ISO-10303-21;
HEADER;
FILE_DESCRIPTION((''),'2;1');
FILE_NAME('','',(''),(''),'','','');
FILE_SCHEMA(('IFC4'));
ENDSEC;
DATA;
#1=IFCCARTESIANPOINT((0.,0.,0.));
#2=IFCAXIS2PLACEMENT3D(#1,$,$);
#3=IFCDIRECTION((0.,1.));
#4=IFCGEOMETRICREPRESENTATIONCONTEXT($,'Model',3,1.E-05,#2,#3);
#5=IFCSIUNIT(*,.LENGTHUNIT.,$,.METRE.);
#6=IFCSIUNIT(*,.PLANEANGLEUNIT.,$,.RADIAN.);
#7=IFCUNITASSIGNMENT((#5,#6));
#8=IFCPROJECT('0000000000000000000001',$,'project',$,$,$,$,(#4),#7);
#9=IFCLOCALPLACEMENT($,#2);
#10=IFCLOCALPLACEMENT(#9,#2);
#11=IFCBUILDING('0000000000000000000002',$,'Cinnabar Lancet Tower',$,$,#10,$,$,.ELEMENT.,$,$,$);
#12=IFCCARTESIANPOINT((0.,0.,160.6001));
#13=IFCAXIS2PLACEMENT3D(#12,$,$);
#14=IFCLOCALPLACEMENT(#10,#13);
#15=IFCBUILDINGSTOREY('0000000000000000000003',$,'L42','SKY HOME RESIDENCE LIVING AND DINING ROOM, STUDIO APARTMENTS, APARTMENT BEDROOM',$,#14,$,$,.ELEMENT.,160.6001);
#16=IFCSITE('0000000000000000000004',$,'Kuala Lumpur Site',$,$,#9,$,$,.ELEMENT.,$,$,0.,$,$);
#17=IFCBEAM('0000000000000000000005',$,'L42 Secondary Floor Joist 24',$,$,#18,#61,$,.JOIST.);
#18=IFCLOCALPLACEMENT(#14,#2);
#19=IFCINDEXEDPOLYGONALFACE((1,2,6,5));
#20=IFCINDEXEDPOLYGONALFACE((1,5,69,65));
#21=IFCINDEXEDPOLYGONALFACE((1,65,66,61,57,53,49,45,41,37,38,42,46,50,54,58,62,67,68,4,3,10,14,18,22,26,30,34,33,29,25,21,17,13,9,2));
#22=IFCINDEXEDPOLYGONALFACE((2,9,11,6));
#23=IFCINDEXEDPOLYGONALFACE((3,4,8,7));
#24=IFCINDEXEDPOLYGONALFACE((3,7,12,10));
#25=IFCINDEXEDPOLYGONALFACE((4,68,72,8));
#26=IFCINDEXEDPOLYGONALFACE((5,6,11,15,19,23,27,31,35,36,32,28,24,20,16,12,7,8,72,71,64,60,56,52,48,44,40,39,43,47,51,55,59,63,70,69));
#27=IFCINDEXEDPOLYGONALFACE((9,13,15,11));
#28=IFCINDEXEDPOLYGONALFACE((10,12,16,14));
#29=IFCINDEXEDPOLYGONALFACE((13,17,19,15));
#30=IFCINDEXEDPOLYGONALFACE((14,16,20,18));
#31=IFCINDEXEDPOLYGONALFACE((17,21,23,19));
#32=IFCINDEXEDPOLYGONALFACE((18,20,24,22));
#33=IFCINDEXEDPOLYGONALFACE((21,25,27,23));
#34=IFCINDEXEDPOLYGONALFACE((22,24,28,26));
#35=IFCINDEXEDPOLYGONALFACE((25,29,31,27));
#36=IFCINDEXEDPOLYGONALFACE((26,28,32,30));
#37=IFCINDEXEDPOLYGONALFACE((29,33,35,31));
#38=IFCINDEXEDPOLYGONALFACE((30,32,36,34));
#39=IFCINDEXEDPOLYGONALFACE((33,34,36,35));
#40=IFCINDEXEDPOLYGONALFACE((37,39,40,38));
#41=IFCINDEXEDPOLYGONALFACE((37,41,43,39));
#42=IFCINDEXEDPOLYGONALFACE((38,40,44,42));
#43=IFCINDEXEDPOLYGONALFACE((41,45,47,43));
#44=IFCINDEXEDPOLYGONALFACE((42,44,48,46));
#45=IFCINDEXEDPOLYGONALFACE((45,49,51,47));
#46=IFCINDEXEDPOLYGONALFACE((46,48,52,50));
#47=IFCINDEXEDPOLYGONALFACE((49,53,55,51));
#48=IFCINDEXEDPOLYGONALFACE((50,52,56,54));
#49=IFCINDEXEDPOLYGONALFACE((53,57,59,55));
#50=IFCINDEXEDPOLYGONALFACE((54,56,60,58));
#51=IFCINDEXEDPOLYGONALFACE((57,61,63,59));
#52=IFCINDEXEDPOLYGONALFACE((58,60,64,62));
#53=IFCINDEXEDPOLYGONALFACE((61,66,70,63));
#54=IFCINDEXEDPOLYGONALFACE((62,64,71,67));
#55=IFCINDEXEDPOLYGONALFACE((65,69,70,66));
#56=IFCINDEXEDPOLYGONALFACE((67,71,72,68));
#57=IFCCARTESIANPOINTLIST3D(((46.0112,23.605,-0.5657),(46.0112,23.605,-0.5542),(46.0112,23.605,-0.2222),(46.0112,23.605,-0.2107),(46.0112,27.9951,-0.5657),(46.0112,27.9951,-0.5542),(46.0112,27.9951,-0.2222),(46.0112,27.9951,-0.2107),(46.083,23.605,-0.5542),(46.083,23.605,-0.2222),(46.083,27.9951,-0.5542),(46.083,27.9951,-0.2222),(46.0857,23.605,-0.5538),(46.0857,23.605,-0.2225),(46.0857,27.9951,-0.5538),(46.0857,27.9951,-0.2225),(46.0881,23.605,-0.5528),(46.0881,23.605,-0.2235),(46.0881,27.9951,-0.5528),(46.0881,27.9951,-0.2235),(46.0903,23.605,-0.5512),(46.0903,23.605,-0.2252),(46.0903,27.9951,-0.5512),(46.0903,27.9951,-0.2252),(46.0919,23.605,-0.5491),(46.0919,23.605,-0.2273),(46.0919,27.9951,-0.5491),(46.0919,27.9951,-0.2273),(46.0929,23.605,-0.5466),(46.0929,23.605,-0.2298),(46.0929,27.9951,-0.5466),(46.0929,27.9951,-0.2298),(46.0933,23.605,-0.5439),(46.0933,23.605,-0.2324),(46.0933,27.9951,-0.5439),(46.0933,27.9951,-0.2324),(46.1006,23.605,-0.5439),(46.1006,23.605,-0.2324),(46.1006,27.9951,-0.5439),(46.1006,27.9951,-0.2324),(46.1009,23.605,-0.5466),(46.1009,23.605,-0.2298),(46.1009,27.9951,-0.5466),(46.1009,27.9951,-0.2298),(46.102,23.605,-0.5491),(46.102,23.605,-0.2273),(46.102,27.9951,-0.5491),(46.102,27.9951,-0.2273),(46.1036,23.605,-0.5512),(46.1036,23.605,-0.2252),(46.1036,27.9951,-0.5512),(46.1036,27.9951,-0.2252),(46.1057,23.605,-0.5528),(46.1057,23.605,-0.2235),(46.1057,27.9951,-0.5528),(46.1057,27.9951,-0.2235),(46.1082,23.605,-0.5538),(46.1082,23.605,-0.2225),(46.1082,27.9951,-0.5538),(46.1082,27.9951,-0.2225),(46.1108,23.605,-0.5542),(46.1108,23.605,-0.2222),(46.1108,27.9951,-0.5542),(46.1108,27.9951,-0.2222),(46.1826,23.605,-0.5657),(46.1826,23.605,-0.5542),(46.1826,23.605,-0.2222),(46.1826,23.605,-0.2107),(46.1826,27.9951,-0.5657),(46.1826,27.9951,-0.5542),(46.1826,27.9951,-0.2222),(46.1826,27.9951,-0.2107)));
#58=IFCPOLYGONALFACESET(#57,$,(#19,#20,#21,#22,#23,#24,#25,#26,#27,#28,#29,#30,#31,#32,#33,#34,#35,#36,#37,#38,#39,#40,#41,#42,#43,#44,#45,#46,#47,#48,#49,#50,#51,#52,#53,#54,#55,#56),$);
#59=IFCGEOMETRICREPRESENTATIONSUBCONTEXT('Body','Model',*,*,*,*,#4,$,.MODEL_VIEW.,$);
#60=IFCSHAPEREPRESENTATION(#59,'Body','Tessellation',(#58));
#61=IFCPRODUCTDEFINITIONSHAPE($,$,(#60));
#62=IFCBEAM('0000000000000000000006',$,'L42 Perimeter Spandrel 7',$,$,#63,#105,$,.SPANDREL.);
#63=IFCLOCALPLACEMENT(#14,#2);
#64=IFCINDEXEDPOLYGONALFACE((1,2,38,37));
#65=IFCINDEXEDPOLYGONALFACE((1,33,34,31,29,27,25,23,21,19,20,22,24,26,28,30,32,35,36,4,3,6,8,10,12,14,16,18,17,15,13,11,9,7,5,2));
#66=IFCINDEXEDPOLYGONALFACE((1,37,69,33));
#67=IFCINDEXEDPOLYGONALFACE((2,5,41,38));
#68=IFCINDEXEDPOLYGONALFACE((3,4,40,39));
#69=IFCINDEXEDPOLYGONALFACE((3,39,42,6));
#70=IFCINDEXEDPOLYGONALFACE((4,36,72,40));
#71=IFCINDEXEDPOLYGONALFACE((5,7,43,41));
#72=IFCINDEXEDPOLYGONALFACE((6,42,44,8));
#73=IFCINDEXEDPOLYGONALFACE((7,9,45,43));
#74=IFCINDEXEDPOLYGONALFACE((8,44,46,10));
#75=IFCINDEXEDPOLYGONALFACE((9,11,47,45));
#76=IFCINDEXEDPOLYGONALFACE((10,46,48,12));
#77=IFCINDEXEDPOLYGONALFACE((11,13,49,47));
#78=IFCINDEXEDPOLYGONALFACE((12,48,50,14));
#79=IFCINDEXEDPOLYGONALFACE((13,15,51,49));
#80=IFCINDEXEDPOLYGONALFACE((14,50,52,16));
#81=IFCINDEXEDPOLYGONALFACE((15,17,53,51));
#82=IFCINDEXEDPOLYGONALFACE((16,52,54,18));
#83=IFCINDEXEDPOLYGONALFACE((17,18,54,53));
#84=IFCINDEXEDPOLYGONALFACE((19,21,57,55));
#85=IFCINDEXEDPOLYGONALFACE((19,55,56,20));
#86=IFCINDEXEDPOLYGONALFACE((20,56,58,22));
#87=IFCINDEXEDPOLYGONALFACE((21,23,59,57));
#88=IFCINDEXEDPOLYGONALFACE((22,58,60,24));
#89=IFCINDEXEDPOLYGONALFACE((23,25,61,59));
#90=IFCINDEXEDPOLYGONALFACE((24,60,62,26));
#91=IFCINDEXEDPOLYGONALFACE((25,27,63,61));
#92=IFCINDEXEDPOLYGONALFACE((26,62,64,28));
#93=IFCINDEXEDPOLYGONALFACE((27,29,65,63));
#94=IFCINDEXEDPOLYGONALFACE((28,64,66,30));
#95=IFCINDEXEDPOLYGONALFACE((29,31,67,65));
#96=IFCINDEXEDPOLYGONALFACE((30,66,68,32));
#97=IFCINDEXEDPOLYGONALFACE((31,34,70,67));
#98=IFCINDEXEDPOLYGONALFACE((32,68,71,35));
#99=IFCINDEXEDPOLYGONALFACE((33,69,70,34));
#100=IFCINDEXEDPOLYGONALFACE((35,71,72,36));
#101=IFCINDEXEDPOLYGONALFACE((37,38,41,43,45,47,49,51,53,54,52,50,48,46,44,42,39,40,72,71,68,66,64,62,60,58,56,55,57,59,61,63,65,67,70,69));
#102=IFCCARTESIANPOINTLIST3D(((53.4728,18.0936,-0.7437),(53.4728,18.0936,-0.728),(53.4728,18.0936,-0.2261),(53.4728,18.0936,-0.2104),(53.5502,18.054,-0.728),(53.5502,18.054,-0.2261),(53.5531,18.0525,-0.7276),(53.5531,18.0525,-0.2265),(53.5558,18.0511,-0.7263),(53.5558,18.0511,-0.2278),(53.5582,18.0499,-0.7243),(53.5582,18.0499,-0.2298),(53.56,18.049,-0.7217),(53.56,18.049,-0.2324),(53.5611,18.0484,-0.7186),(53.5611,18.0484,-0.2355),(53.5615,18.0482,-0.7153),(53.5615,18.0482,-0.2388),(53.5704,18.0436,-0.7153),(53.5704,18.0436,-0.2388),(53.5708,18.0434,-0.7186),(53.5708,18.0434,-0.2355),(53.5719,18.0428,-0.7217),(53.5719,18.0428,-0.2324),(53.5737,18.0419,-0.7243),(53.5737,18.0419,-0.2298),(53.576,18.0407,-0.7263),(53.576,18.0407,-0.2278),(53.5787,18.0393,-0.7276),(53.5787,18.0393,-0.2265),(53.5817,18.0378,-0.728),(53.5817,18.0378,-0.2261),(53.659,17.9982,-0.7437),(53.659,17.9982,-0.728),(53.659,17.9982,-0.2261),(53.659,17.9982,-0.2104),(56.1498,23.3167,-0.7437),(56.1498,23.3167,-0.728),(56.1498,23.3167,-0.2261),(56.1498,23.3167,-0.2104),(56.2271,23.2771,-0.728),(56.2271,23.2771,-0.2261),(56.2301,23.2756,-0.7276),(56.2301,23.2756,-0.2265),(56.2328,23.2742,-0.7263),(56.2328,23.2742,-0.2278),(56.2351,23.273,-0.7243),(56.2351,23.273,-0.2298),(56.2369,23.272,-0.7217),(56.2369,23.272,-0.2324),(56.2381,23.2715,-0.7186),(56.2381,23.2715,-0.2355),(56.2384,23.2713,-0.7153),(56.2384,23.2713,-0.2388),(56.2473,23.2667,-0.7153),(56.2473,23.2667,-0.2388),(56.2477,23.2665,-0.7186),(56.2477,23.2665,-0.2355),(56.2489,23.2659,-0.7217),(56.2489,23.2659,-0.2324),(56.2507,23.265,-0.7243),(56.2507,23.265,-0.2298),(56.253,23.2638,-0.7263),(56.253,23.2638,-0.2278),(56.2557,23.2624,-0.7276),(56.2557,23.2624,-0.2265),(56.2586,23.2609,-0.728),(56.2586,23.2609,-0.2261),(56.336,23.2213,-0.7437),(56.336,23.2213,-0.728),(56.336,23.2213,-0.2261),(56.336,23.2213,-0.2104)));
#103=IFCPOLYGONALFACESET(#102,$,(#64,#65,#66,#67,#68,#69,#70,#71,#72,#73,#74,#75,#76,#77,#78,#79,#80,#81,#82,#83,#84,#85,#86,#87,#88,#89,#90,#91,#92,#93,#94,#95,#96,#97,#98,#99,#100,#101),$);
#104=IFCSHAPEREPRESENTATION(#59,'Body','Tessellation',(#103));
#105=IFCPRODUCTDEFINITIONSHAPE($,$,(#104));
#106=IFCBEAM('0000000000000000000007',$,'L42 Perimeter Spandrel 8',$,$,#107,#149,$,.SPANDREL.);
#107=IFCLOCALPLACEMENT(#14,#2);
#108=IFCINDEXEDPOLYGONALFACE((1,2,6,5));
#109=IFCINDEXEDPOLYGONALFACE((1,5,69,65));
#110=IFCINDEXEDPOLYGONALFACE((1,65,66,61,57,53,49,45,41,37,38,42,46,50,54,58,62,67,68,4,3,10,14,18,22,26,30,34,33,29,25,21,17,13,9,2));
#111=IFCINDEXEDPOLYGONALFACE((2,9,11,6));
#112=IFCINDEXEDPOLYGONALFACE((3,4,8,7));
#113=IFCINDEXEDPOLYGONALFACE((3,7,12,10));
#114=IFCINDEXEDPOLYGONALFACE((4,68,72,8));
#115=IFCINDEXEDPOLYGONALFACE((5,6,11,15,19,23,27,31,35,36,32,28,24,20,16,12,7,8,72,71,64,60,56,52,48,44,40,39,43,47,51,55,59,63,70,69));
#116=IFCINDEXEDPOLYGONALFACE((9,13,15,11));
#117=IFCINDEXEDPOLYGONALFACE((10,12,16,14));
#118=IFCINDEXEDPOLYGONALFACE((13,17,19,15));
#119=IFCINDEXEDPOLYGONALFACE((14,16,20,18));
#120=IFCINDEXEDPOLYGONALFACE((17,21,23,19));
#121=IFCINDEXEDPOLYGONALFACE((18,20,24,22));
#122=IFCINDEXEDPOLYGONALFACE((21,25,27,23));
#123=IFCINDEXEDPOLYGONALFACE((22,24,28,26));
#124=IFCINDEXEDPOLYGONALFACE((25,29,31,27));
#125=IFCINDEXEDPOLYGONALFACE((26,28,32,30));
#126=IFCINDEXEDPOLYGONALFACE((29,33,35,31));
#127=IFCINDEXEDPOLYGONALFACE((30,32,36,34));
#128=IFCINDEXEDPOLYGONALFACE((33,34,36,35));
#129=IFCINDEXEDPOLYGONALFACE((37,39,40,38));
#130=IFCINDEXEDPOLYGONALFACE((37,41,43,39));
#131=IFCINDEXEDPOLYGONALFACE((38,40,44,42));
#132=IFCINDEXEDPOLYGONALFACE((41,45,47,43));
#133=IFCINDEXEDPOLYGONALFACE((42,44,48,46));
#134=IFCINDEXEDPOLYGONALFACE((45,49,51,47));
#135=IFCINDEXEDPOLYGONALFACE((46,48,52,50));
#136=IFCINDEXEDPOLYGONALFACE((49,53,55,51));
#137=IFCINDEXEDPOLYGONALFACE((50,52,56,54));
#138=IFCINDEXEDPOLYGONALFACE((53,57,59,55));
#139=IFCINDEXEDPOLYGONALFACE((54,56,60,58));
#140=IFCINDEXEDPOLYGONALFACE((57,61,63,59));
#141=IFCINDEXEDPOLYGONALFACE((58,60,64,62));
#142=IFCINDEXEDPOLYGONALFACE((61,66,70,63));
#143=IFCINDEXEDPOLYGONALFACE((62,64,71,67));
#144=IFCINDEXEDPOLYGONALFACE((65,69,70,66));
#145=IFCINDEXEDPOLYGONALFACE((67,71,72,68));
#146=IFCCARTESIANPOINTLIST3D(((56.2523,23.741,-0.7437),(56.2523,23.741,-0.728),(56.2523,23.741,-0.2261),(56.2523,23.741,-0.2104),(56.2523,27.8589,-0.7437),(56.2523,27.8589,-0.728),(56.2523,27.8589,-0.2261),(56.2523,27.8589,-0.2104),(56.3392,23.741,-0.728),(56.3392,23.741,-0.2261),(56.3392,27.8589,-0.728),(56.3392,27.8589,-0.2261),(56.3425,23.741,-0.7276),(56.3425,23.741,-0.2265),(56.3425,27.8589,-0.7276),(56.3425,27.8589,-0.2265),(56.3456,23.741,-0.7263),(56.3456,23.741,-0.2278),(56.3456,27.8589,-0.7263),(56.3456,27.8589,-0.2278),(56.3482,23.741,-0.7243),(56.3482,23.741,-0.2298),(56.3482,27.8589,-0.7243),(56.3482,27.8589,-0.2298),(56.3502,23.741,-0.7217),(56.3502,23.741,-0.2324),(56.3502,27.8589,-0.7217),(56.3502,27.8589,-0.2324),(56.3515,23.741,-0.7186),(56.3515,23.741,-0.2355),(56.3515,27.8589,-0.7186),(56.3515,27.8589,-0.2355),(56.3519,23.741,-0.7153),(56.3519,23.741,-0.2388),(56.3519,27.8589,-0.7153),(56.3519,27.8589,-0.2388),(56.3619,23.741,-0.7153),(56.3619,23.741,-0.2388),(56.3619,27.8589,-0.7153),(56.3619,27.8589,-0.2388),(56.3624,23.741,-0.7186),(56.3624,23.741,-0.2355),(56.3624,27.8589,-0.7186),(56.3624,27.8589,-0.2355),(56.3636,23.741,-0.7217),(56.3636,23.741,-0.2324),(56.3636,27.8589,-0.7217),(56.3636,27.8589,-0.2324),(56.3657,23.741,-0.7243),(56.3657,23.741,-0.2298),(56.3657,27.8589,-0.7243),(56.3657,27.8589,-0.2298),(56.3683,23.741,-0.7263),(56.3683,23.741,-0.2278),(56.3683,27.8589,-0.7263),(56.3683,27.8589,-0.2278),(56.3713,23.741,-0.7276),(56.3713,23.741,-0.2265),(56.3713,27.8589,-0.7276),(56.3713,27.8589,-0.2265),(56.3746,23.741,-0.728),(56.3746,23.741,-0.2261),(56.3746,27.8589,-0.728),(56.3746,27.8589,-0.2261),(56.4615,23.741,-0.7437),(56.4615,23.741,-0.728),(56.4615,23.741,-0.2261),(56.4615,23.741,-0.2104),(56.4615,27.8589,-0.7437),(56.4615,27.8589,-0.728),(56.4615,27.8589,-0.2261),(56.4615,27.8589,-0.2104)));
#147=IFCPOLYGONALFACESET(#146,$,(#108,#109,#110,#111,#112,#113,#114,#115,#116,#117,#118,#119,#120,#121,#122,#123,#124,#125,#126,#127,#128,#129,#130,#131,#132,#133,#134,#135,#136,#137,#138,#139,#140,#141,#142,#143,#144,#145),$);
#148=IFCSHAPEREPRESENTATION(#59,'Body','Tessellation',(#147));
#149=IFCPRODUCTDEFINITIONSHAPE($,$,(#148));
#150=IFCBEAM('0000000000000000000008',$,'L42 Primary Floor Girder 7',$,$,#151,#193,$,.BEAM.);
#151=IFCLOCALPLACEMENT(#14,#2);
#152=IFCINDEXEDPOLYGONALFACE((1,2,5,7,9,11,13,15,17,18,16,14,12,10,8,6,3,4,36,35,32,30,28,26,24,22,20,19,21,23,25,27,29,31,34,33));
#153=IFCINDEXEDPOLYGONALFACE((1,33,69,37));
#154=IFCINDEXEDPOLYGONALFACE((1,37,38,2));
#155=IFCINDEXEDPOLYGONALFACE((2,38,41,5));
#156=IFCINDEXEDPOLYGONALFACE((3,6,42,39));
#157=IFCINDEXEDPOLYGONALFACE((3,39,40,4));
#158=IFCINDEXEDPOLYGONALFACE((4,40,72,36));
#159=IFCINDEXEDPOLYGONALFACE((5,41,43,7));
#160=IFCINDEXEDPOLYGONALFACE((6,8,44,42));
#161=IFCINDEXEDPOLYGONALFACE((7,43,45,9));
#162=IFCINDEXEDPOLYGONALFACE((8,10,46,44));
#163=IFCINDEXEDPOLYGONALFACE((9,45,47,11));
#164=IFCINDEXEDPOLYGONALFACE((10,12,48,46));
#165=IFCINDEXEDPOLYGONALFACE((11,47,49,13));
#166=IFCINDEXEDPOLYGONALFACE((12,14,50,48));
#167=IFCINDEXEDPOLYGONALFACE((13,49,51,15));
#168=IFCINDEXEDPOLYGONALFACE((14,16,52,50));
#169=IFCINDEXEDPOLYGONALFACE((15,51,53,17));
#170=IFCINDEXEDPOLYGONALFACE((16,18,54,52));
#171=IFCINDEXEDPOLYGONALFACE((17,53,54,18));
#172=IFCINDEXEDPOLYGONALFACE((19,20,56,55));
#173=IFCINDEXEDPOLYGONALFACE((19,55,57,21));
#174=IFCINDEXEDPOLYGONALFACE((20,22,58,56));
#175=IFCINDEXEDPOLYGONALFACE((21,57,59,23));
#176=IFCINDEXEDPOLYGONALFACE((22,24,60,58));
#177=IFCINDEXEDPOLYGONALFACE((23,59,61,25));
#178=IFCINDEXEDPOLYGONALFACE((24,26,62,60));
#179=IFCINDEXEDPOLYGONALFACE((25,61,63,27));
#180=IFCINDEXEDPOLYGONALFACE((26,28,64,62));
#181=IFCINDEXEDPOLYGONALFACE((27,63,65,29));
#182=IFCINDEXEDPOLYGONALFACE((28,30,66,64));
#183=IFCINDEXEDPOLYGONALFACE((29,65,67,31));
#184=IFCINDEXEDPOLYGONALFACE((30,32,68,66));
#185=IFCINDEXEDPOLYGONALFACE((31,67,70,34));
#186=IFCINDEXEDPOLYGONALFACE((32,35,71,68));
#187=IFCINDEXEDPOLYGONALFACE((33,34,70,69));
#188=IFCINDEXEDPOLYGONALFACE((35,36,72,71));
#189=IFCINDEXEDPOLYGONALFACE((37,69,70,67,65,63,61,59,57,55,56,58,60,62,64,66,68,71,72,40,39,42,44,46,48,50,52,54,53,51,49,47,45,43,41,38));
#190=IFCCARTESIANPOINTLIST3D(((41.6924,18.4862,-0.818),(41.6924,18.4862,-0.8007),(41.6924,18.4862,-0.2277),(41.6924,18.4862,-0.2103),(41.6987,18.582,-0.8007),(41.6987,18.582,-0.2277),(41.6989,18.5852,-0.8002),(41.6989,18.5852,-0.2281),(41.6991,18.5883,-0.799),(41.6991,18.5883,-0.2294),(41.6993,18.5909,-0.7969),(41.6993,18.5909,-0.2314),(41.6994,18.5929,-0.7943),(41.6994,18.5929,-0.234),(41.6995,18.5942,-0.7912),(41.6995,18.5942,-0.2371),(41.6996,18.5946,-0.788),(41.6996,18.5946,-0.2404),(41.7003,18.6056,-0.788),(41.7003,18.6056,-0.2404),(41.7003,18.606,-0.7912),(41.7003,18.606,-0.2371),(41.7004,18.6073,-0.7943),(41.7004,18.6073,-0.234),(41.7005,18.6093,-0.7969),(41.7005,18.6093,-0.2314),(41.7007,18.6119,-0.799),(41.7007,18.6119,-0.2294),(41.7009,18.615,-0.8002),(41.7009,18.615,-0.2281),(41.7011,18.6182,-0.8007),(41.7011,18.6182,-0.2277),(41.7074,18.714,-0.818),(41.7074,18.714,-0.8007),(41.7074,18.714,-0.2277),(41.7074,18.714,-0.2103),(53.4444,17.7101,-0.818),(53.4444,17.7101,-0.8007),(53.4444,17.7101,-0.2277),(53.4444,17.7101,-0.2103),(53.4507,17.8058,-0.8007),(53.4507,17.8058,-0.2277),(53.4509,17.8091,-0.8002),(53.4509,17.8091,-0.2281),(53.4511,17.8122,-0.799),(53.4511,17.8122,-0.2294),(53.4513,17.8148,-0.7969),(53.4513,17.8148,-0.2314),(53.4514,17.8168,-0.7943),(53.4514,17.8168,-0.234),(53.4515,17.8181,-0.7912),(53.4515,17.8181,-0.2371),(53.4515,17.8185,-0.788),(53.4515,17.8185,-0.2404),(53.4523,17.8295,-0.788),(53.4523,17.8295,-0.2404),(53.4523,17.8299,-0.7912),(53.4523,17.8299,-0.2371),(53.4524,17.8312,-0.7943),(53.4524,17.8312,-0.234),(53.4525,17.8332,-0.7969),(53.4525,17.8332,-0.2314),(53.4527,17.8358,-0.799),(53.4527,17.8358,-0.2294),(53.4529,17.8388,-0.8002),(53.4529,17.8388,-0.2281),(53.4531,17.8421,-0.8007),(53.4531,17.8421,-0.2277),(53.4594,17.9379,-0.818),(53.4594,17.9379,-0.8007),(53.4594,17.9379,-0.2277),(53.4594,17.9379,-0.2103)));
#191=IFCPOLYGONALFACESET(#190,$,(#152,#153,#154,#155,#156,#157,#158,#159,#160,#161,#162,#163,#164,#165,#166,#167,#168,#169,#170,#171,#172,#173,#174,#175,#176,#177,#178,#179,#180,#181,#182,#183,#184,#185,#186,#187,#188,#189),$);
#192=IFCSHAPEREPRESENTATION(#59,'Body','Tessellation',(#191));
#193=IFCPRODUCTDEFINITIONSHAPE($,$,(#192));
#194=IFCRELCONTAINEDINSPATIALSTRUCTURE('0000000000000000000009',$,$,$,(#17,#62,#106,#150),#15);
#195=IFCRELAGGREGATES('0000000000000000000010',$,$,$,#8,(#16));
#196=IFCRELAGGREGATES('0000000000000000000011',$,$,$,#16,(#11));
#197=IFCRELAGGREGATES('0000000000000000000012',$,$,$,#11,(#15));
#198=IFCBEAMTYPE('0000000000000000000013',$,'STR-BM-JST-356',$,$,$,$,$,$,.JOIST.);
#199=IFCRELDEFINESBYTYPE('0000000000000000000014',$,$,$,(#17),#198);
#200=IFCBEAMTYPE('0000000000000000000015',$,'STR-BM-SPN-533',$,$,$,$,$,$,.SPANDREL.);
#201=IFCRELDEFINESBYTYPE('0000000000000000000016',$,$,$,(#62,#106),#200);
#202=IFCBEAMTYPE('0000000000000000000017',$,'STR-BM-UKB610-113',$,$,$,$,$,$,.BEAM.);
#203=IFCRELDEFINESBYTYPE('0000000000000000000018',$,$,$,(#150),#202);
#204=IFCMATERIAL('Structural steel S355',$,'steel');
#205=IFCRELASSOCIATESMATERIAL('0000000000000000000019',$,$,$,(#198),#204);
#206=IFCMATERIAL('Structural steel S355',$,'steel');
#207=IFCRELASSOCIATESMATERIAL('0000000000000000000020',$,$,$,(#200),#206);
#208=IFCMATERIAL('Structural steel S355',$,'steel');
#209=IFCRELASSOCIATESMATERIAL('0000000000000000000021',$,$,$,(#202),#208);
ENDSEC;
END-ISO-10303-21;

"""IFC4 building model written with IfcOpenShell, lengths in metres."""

from ifc_helpers import new_model, si_unit, direction, frame, origin, origin_2d, place, context, subcontext, project, spatial, i_section, extrude, material, material_profile, profile_set, type_object, element, save


model = new_model("IFC4")

# Units and contexts
model_context = context("Model", 3, precision=1e-05, world=origin(), true_north=direction((0.0, 1.0)))
body_context = subcontext(model_context, "Body", "Model", "MODEL_VIEW")
ifc_project = project(units=[si_unit("LENGTHUNIT", "METRE"), si_unit("PLANEANGLEUNIT", "RADIAN")], contexts=[model_context])

# Site, building, storey
site_placement = place(None, origin())
site = spatial("IfcSite", under=ifc_project, at=site_placement, Name="Kuala Lumpur Site", CompositionType="ELEMENT", RefElevation=0.0)
building_placement = place(site_placement, origin())
building = spatial("IfcBuilding", under=site, at=building_placement, Name="Cinnabar Lancet Tower", CompositionType="ELEMENT")
storey_placement = place(building_placement, frame((0.0, 0.0, 160.6001)))
storey = spatial("IfcBuildingStorey", under=building, at=storey_placement, Name="L42", Description="SKY HOME RESIDENCE LIVING AND DINING ROOM, STUDIO APARTMENTS, APARTMENT BEDROOM", CompositionType="ELEMENT", Elevation=160.6001)

# Beams
ifc_material_1 = material(Name="Structural steel S355", Category="steel")
ifc_material_profile_1 = material_profile(ifc_material_1, i_section(OverallWidth=0.1714, OverallDepth=0.355, WebThickness=0.0073, FlangeThickness=0.0115, FilletRadius=0.0103, at=origin_2d()), Name="UKB 356x171x51")
ifc_profile_set_1 = profile_set([ifc_material_profile_1], Name="Structural steel S355")
beam_type_1 = type_object("IfcBeamType", Name="STR-BM-JST-356", PredefinedType="JOIST", material=ifc_profile_set_1)
for number, where, z_axis, x_axis, name in (
    (1, (46.0969, 23.605, -0.3882), (0.0, 1.0, 0.0), (-1.0, 0.0, 0.0), "L42 Secondary Floor Joist 24"),
):
    element("IfcBeam", number, at=place(storey_placement, frame(where, z_axis=z_axis, x_axis=x_axis)), inside=storey, type_object=beam_type_1, Name=name, PredefinedType="JOIST", context=body_context, shape_type="SweptSolid", body=[
        extrude(i_section(OverallWidth=0.1714, OverallDepth=0.355, WebThickness=0.0073, FlangeThickness=0.0115, FilletRadius=0.0103, at=origin_2d()), origin(), (0.0, 0.0, 1.0), 4.3901),
    ])
ifc_material_2 = material(Name="Structural steel S355", Category="steel")
ifc_material_profile_2 = material_profile(ifc_material_2, i_section(OverallWidth=0.2092, OverallDepth=0.5332, WebThickness=0.01, FlangeThickness=0.0156, FilletRadius=0.0127, at=origin_2d()), Name="UKB 533x210x92")
ifc_profile_set_2 = profile_set([ifc_material_profile_2], Name="Structural steel S355")
beam_type_2 = type_object("IfcBeamType", Name="STR-BM-SPN-533", PredefinedType="SPANDREL", material=ifc_profile_set_2)
beam_1_placement = place(storey_placement, frame((53.5659, 18.0459, -0.4771), z_axis=(0.45611, 0.889924, 0.0), x_axis=(-0.889924, 0.45611, 0.0)))
element("IfcBeam", 2, at=beam_1_placement, inside=storey, type_object=beam_type_2, Name="L42 Perimeter Spandrel 7", PredefinedType="SPANDREL", context=body_context, shape_type="SweptSolid", body=[
    extrude(i_section(OverallWidth=0.2092, OverallDepth=0.5332, WebThickness=0.01, FlangeThickness=0.0156, FilletRadius=0.0127, at=origin_2d()), origin(), (0.0, 0.0, 1.0), 5.8691),
])
beam_2_placement = place(storey_placement, frame((56.3569, 23.741, -0.4771), z_axis=(0.0, 1.0, 0.0), x_axis=(-1.0, 0.0, 0.0)))
element("IfcBeam", 3, at=beam_2_placement, inside=storey, type_object=beam_type_2, Name="L42 Perimeter Spandrel 8", PredefinedType="SPANDREL", context=body_context, shape_type="SweptSolid", body=[
    extrude(i_section(OverallWidth=0.2092, OverallDepth=0.5332, WebThickness=0.01, FlangeThickness=0.0156, FilletRadius=0.0127, at=origin_2d()), origin(), (0.0, 0.0, 1.0), 4.1179),
])
ifc_material_3 = material(Name="Structural steel S355", Category="steel")
ifc_material_profile_3 = material_profile(ifc_material_3, i_section(OverallWidth=0.2283, OverallDepth=0.6077, WebThickness=0.011, FlangeThickness=0.0173, FilletRadius=0.0127, at=origin_2d()), Name="UKB 610x229x113")
ifc_profile_set_3 = profile_set([ifc_material_profile_3], Name="Structural steel S355")
beam_type_3 = type_object("IfcBeamType", Name="STR-BM-UKB610-113", PredefinedType="BEAM", material=ifc_profile_set_3)
beam_3_placement = place(storey_placement, frame((53.4519, 17.824, -0.5142), z_axis=(-0.997826, 0.065898, 0.0), x_axis=(-0.065898, -0.997826, 0.0)))
element("IfcBeam", 4, at=beam_3_placement, inside=storey, type_object=beam_type_3, Name="L42 Primary Floor Girder 7", PredefinedType="BEAM", context=body_context, shape_type="SweptSolid", body=[
    extrude(i_section(OverallWidth=0.2283, OverallDepth=0.6077, WebThickness=0.011, FlangeThickness=0.0173, FilletRadius=0.0127, at=origin_2d()), origin(), (0.0, 0.0, 1.0), 11.7776),
])

save(model, "model.ifc")
